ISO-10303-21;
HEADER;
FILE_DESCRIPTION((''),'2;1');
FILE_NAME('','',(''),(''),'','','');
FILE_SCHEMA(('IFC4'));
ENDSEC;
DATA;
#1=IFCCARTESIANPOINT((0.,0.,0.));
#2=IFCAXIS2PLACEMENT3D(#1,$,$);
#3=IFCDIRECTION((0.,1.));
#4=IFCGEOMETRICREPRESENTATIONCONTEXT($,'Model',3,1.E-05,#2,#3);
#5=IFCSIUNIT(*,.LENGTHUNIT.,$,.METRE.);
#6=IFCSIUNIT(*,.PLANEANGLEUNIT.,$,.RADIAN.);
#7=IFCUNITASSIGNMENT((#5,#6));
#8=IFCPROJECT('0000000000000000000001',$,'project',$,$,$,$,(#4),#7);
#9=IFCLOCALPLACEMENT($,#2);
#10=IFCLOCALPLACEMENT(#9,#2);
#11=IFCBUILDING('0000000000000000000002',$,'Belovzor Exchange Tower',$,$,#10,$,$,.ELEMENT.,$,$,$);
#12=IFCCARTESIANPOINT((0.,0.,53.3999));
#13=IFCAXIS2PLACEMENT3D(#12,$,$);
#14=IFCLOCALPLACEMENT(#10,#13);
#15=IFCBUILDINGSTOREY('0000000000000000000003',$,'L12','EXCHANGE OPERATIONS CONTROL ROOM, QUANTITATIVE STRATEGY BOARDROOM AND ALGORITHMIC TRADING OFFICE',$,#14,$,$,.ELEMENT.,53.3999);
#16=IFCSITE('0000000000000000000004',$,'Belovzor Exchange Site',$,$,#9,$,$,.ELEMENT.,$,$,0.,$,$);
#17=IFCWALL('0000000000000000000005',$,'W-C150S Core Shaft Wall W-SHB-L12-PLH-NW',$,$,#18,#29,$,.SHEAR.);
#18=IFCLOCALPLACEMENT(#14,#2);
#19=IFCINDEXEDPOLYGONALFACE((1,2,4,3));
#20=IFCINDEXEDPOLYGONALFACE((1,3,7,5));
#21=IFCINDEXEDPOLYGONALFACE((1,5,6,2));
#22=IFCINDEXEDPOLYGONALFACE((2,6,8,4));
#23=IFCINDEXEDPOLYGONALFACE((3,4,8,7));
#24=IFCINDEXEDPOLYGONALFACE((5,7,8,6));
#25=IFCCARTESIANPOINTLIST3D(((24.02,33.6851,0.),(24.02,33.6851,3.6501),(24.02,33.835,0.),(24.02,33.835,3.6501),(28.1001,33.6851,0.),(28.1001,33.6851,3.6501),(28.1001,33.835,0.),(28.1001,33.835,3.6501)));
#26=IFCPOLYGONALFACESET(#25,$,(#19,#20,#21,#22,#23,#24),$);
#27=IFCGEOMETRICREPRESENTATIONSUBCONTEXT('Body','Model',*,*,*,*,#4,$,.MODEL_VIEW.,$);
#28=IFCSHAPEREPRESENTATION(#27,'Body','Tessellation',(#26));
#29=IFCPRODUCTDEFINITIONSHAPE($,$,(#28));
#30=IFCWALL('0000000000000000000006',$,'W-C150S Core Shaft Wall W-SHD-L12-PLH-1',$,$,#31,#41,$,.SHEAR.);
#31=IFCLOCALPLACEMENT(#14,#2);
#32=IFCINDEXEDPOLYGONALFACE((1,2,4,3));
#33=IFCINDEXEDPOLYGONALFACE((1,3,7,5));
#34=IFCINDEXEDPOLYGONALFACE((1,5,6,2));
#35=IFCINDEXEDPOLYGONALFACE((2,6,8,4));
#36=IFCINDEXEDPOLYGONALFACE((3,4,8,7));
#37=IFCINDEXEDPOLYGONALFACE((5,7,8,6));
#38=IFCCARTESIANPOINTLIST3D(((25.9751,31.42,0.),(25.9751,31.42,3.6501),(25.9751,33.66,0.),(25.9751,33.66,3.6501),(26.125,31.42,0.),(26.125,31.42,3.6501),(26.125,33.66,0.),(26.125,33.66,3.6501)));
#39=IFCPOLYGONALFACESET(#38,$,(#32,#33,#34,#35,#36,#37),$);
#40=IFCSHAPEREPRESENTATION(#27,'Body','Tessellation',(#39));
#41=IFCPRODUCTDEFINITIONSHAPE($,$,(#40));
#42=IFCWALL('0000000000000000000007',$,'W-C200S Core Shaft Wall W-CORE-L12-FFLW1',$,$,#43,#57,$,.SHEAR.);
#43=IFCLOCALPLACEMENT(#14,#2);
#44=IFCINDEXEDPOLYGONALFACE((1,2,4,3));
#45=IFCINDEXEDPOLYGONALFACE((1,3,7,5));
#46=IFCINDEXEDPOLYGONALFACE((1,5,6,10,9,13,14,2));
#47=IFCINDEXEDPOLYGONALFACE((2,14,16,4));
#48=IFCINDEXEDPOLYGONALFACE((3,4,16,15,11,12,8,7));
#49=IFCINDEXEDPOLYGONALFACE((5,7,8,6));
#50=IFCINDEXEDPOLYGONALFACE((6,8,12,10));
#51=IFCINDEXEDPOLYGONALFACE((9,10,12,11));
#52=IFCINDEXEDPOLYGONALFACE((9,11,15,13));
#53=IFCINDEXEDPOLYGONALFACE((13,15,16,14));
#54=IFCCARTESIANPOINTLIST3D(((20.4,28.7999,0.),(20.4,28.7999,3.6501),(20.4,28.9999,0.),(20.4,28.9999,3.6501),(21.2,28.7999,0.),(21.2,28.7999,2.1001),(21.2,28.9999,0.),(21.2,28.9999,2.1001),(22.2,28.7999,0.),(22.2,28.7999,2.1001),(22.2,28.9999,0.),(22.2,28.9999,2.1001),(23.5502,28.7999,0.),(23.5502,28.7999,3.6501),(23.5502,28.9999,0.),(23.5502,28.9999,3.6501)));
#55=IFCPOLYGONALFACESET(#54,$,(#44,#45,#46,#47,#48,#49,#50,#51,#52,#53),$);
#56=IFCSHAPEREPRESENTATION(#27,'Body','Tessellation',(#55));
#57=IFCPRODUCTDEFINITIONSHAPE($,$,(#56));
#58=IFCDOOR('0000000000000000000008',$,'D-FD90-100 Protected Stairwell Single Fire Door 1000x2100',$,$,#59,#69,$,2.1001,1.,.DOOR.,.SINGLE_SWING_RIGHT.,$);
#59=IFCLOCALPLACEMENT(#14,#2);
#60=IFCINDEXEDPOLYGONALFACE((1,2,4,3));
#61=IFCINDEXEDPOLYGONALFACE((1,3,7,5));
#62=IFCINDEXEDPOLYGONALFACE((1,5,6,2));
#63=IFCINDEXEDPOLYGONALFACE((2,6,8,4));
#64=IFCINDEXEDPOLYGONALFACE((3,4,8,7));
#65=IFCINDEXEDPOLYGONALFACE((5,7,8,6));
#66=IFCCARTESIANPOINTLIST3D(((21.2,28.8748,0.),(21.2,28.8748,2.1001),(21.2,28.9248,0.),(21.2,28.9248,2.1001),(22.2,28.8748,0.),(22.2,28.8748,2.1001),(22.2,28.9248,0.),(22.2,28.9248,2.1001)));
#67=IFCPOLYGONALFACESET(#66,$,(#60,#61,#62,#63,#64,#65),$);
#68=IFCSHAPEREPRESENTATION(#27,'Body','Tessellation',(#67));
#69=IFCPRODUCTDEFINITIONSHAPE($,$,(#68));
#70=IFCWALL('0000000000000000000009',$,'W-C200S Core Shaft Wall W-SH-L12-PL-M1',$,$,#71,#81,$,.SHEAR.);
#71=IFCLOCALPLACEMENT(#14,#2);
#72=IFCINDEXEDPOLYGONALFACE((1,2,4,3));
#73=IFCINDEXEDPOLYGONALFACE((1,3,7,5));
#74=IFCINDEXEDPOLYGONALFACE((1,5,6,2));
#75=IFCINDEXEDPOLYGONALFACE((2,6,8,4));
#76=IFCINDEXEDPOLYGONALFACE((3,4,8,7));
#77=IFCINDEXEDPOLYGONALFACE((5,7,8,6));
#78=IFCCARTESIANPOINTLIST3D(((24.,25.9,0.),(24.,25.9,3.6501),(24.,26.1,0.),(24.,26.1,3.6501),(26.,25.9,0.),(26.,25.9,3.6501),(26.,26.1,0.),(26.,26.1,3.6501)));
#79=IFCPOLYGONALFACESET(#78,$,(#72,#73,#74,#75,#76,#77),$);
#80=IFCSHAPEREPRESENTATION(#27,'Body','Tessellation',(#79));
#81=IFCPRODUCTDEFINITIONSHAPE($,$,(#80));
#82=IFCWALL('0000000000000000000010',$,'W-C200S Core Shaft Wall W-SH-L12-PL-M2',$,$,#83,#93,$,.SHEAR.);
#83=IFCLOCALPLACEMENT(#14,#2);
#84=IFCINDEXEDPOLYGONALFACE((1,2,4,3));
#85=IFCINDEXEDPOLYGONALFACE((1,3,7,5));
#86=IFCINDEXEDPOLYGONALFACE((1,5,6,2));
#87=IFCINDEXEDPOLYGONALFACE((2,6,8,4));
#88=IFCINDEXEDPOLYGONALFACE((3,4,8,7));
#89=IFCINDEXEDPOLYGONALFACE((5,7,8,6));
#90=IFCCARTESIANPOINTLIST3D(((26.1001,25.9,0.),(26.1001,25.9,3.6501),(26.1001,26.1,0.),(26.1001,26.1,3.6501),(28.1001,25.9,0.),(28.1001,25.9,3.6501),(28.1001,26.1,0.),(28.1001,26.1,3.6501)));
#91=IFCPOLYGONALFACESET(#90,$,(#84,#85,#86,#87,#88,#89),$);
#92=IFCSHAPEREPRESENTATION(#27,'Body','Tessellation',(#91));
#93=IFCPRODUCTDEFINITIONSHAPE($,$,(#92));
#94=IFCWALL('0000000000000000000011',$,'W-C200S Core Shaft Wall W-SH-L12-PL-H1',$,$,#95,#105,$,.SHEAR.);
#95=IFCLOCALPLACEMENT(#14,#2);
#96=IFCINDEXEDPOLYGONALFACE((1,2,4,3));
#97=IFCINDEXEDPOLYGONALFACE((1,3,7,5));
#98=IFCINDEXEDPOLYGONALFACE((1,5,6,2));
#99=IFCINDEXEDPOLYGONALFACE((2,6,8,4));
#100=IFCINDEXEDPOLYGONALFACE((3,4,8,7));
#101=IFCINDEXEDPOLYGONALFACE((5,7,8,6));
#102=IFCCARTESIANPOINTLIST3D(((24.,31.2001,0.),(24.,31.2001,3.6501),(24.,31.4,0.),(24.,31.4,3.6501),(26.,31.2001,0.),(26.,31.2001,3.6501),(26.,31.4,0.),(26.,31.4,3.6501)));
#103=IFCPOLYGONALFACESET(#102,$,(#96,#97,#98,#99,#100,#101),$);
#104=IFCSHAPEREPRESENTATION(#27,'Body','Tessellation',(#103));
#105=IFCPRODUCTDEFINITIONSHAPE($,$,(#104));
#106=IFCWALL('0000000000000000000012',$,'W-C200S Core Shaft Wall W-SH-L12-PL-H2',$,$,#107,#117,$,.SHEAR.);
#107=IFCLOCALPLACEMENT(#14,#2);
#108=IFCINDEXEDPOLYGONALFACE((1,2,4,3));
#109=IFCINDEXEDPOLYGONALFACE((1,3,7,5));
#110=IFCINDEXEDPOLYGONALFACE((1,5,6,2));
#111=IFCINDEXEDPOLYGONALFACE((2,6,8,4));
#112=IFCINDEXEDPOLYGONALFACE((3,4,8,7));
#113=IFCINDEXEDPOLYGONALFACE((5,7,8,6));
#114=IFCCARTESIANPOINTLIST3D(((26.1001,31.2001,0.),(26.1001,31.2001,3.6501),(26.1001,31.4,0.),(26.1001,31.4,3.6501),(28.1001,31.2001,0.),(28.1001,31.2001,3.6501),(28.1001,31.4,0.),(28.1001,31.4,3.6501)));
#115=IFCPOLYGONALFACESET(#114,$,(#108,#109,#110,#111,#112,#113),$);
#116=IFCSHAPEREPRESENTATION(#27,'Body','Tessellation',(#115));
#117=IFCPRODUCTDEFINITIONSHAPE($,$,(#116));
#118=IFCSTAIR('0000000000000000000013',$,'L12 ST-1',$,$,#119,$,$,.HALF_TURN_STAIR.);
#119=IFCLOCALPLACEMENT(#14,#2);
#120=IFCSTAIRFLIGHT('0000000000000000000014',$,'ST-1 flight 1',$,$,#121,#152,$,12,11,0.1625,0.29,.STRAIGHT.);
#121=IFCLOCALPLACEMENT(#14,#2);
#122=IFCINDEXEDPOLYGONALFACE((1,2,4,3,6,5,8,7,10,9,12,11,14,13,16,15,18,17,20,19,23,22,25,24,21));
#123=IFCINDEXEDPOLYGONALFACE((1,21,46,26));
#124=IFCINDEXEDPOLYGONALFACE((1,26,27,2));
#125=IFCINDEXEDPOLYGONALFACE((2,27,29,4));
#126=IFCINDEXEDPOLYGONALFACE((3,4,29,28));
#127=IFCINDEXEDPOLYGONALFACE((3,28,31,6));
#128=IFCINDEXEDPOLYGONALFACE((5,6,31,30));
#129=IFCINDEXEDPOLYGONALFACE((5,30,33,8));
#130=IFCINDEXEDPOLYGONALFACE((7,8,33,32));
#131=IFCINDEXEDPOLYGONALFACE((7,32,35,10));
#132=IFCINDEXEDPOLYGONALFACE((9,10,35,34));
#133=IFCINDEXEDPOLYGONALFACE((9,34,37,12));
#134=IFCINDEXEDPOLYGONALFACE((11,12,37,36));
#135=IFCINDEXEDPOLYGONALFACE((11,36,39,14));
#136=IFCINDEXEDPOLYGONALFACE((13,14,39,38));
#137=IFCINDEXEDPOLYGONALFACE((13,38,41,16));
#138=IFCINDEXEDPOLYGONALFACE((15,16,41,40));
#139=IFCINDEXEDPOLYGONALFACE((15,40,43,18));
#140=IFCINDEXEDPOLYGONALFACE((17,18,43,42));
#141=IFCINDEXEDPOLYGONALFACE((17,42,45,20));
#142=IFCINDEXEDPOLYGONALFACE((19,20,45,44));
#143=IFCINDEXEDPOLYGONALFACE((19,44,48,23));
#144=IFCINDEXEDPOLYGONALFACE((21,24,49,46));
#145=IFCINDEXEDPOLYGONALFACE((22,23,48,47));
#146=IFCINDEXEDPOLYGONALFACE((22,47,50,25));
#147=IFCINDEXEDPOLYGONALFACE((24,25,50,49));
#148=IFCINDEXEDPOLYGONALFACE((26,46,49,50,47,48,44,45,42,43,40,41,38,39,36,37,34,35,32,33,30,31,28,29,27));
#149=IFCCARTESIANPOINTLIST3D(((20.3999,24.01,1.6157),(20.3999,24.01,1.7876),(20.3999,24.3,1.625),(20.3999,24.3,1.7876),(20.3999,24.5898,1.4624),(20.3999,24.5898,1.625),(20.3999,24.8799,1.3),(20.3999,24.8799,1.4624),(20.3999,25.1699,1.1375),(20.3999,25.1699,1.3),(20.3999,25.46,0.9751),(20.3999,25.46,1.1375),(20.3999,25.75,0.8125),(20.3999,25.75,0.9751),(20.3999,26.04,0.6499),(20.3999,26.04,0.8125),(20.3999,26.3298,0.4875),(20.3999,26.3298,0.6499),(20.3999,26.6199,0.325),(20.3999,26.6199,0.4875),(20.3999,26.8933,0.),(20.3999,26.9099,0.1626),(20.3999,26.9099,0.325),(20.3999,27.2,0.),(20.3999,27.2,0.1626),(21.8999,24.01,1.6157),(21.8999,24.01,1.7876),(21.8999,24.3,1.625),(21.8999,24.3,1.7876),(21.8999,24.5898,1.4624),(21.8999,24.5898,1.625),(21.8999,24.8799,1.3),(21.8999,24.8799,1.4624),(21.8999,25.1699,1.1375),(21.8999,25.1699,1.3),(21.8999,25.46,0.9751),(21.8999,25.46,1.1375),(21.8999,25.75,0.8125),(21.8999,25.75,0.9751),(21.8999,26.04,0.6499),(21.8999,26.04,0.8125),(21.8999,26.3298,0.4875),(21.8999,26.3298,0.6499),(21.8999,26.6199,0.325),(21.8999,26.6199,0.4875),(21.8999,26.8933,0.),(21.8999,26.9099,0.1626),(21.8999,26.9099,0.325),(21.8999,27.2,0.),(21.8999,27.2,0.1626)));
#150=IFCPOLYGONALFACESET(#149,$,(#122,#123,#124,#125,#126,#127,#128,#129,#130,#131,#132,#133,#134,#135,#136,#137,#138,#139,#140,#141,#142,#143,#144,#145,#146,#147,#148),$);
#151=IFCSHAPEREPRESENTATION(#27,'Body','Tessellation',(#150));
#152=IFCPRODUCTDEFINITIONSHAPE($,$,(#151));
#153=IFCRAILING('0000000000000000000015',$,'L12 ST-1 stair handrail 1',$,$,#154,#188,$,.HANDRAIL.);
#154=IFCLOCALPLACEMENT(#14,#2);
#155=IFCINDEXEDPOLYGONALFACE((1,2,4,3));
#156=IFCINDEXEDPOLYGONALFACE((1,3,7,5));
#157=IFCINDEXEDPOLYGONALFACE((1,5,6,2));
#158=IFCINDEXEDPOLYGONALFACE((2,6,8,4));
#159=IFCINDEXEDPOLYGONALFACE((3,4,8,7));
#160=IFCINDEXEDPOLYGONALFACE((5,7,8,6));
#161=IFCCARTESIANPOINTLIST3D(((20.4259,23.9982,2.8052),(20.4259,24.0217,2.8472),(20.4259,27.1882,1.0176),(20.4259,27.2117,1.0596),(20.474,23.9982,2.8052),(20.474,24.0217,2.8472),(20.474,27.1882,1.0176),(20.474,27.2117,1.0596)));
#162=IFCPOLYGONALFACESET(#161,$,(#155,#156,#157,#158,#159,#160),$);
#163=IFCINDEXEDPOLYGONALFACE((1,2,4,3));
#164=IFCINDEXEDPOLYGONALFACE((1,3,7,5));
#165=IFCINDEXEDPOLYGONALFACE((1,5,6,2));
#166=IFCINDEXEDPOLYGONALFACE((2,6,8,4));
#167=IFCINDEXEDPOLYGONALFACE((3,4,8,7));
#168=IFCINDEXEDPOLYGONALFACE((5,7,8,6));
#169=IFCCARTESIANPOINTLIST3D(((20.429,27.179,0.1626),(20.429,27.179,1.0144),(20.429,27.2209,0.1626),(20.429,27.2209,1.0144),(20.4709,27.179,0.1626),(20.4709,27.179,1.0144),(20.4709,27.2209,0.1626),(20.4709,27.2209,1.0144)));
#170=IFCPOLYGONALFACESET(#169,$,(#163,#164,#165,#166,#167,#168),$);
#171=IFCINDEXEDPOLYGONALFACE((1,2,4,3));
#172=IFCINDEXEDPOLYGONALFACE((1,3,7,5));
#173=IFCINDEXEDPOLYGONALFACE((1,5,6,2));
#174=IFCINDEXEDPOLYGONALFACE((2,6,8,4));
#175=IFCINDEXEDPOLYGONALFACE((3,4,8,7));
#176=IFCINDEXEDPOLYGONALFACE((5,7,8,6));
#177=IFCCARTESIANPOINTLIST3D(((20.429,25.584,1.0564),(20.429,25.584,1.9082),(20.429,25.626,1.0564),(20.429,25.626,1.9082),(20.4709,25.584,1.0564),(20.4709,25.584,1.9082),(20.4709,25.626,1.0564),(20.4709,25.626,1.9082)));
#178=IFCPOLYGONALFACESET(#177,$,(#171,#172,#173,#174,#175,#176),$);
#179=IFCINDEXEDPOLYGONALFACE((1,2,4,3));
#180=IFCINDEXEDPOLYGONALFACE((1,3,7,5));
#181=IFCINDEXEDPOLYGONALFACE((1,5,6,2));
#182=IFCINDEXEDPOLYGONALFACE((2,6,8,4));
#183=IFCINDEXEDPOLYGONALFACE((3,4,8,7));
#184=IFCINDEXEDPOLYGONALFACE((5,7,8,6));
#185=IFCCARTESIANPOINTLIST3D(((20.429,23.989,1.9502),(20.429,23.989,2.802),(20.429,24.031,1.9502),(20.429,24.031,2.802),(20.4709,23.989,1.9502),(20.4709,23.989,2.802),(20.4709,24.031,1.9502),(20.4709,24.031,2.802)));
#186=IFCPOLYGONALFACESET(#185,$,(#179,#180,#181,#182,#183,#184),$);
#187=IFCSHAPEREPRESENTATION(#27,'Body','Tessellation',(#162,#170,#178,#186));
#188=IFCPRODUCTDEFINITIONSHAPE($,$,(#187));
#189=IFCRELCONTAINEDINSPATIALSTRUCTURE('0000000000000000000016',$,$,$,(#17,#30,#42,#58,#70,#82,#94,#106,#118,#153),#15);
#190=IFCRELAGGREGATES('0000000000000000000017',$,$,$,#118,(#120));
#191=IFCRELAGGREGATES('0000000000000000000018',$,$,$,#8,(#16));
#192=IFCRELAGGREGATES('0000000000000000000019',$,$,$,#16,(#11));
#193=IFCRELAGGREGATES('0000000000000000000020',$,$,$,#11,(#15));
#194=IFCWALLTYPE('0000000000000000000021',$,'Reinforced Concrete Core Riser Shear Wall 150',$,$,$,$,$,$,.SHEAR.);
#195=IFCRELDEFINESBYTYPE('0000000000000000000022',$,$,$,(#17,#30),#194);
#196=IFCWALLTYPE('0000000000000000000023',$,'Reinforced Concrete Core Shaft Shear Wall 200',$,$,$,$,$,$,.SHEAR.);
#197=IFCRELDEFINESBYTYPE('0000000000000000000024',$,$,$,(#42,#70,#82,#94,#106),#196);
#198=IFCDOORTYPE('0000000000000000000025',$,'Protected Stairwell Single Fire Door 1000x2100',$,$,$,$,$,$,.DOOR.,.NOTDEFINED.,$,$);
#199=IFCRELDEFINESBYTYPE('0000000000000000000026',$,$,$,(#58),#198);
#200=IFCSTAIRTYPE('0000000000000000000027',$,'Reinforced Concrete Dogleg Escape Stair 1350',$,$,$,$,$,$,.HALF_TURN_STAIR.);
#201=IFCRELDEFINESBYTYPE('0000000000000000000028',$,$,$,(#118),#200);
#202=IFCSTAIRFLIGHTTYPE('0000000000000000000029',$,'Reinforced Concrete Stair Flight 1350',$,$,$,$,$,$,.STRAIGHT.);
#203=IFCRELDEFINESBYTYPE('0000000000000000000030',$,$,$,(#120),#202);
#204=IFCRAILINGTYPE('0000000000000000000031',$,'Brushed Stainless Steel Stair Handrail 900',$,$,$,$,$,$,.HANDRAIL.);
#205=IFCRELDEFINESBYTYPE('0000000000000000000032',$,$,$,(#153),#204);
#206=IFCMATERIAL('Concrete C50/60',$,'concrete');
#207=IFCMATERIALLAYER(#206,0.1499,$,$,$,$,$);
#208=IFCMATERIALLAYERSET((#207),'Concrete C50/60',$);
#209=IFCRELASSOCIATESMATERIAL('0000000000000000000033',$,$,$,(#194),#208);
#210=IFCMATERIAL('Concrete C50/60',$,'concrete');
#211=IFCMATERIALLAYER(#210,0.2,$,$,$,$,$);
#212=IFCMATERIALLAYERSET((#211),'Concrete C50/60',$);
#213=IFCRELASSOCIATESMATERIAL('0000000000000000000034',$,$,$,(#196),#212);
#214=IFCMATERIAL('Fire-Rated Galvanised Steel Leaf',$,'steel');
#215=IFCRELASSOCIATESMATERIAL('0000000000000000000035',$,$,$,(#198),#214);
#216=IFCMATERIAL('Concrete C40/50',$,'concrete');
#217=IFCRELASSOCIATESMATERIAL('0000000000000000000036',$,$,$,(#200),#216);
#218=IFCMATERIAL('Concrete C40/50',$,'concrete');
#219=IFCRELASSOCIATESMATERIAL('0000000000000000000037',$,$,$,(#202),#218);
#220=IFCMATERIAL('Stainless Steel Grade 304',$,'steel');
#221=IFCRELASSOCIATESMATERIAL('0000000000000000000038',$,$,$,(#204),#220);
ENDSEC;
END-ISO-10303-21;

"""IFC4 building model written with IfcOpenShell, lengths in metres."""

from ifc_helpers import new_model, si_unit, direction, frame, frame_2d, origin, origin_2d, place, context, subcontext, project, spatial, polyline, rectangle, outline, extrude, material, layer, layer_set, type_object, element, fill, aggregate, save


model = new_model("IFC4")

# Units and contexts
model_context = context("Model", 3, precision=1e-05, world=origin(), true_north=direction((0.0, 1.0)))
body_context = subcontext(model_context, "Body", "Model", "MODEL_VIEW")
ifc_project = project(units=[si_unit("LENGTHUNIT", "METRE"), si_unit("PLANEANGLEUNIT", "RADIAN")], contexts=[model_context])

# Site, building, storey
site_placement = place(None, origin())
site = spatial("IfcSite", under=ifc_project, at=site_placement, Name="Belovzor Exchange Site", CompositionType="ELEMENT", RefElevation=0.0)
building_placement = place(site_placement, origin())
building = spatial("IfcBuilding", under=site, at=building_placement, Name="Belovzor Exchange Tower", CompositionType="ELEMENT")
storey_placement = place(building_placement, frame((0.0, 0.0, 53.3999)))
storey = spatial("IfcBuildingStorey", under=building, at=storey_placement, Name="L12", Description="EXCHANGE OPERATIONS CONTROL ROOM, QUANTITATIVE STRATEGY BOARDROOM AND ALGORITHMIC TRADING OFFICE", CompositionType="ELEMENT", Elevation=53.3999)

# Walls
ifc_material_1 = material(Name="Concrete C50/60", Category="concrete")
ifc_layer_1 = layer(ifc_material_1, 0.1499)
ifc_layer_set_1 = layer_set([ifc_layer_1], Name="Concrete C50/60")
wall_type_1 = type_object("IfcWallType", Name="Reinforced Concrete Core Riser Shear Wall 150", PredefinedType="SHEAR", material=ifc_layer_set_1)
wall_1_placement = place(storey_placement, frame((24.02, 33.76, 0.0), z_axis=(0.0, 0.0, 1.0), x_axis=(1.0, 0.0, 0.0)))
element("IfcWall", 1, at=wall_1_placement, inside=storey, type_object=wall_type_1, Name="W-C150S Core Shaft Wall W-SHB-L12-PLH-NW", PredefinedType="SHEAR", context=body_context, shape_type="SweptSolid", body=[
    extrude(rectangle(XDim=4.0801, YDim=0.1499, at=frame_2d((2.04, 0.0))), origin(), (0.0, 0.0, 1.0), 3.6501),
])
wall_2_placement = place(storey_placement, frame((26.05, 31.4199, 0.0), z_axis=(0.0, 0.0, 1.0), x_axis=(0.0, 1.0, 0.0)))
element("IfcWall", 2, at=wall_2_placement, inside=storey, type_object=wall_type_1, Name="W-C150S Core Shaft Wall W-SHD-L12-PLH-1", PredefinedType="SHEAR", context=body_context, shape_type="SweptSolid", body=[
    extrude(rectangle(XDim=2.24, YDim=0.1499, at=frame_2d((1.1201, 0.0))), origin(), (0.0, 0.0, 1.0), 3.6501),
])

# Wall, opening, door
ifc_material_2 = material(Name="Concrete C50/60", Category="concrete")
ifc_layer_2 = layer(ifc_material_2, 0.2)
ifc_layer_set_2 = layer_set([ifc_layer_2], Name="Concrete C50/60")
wall_type_2 = type_object("IfcWallType", Name="Reinforced Concrete Core Shaft Shear Wall 200", PredefinedType="SHEAR", material=ifc_layer_set_2)
wall_3_placement = place(storey_placement, frame((20.3999, 28.8999, 0.0), z_axis=(0.0, 0.0, 1.0), x_axis=(1.0, 0.0, 0.0)))
wall_3 = element("IfcWall", 3, at=wall_3_placement, inside=storey, type_object=wall_type_2, Name="W-C200S Core Shaft Wall W-CORE-L12-FFLW1", PredefinedType="SHEAR", context=body_context, shape_type="SweptSolid", body=[
    extrude(rectangle(XDim=3.1501, YDim=0.2, at=frame_2d((1.5752, 0.0))), origin(), (0.0, 0.0, 1.0), 3.6501),
])
opening_1_placement = place(wall_3_placement, frame((0.8, 0.0, 0.0)))
opening_1 = element("IfcOpeningElement", 4, at=opening_1_placement, cuts=wall_3, PredefinedType="OPENING", context=body_context, shape_type="SweptSolid", body=[
    extrude(rectangle(XDim=1.0, YDim=2.1001, at=frame_2d((0.5, 1.05))), frame((0.0, 0.1099, 0.0), z_axis=(0.0, -1.0, 0.0), x_axis=(1.0, 0.0, 0.0)), (0.0, 0.0, 1.0), 0.22),
])
ifc_material_3 = material(Name="Fire-Rated Galvanised Steel Leaf", Category="steel")
door_type_1 = type_object("IfcDoorType", Name="Protected Stairwell Single Fire Door 1000x2100", OperationType="NOTDEFINED", PredefinedType="DOOR", material=ifc_material_3)
door_1_placement = place(opening_1_placement, origin())
door_1 = element("IfcDoor", 5, at=door_1_placement, inside=storey, type_object=door_type_1, Name="D-FD90-100 Protected Stairwell Single Fire Door 1000x2100", OperationType="SINGLE_SWING_RIGHT", OverallHeight=2.1001, OverallWidth=1.0, PredefinedType="DOOR", context=body_context, shape_type="SweptSolid", body=[
    extrude(rectangle(XDim=1.0, YDim=2.1001, at=frame_2d((0.5, 1.05))), frame((0.0, 0.0249, 0.0), z_axis=(0.0, -1.0, 0.0), x_axis=(1.0, 0.0, 0.0)), (0.0, 0.0, 1.0), 0.05),
])
fill(opening_1, door_1)

# Walls
for number, where, z_axis, x_axis, name in (
    (6, (24.0, 26.0, 0.0), (0.0, 0.0, 1.0), (1.0, 0.0, 0.0), "W-C200S Core Shaft Wall W-SH-L12-PL-M1"),
    (7, (26.1001, 26.0, 0.0), (0.0, 0.0, 1.0), (1.0, 0.0, 0.0), "W-C200S Core Shaft Wall W-SH-L12-PL-M2"),
    (8, (24.0, 31.3, 0.0), (0.0, 0.0, 1.0), (1.0, 0.0, 0.0), "W-C200S Core Shaft Wall W-SH-L12-PL-H1"),
    (9, (26.1001, 31.3, 0.0), (0.0, 0.0, 1.0), (1.0, 0.0, 0.0), "W-C200S Core Shaft Wall W-SH-L12-PL-H2"),
):
    element("IfcWall", number, at=place(storey_placement, frame(where, z_axis=z_axis, x_axis=x_axis)), inside=storey, type_object=wall_type_2, Name=name, PredefinedType="SHEAR", context=body_context, shape_type="SweptSolid", body=[
        extrude(rectangle(XDim=2.0, YDim=0.2, at=frame_2d((1.0, 0.0))), origin(), (0.0, 0.0, 1.0), 3.6501),
    ])

# Stair, stair flight
ifc_material_4 = material(Name="Concrete C40/50", Category="concrete")
stair_type = type_object("IfcStairType", Name="Reinforced Concrete Dogleg Escape Stair 1350", PredefinedType="HALF_TURN_STAIR", material=ifc_material_4)
stair_placement = place(storey_placement, origin())
stair = element("IfcStair", 10, at=stair_placement, inside=storey, type_object=stair_type, Name="L12 ST-1", PredefinedType="HALF_TURN_STAIR")
ifc_material_5 = material(Name="Concrete C40/50", Category="concrete")
stair_flight_type = type_object("IfcStairFlightType", Name="Reinforced Concrete Stair Flight 1350", PredefinedType="STRAIGHT", material=ifc_material_5)
stair_flight_placement = place(storey_placement, frame((21.1499, 27.2, 0.0), z_axis=(0.0, 0.0, 1.0), x_axis=(0.0, -1.0, 0.0)))
stair_flight = element("IfcStairFlight", 11, at=stair_flight_placement, type_object=stair_flight_type, Name="ST-1 flight 1", NumberOfRisers=12, NumberOfTreads=11, PredefinedType="STRAIGHT", RiserHeight=0.1625, TreadLength=0.29, context=body_context, shape_type="SweptSolid", body=[
    extrude(outline(polyline([(0.0, 0.0), (0.0, 0.1626), (0.29, 0.1626), (0.29, 0.325), (0.5801, 0.325), (0.5801, 0.4875), (0.8701, 0.4875), (0.8701, 0.6499), (1.1599, 0.6499), (1.1599, 0.8125), (1.45, 0.8125), (1.45, 0.9751), (1.74, 0.9751), (1.74, 1.1375), (2.03, 1.1375), (2.03, 1.3), (2.3201, 1.3), (2.3201, 1.4624), (2.6101, 1.4624), (2.6101, 1.625), (2.8999, 1.625), (2.8999, 1.7876), (3.1899, 1.7876), (3.1899, 1.95), (3.1899, 1.6157), (0.3066, 0.0), (0.0, 0.0)])), frame((0.0, 0.75, 0.0), z_axis=(0.0, -1.0, 0.0), x_axis=(1.0, 0.0, 0.0)), (0.0, 0.0, 1.0), 1.5),
])
aggregate(stair, [stair_flight])

# Railing
ifc_material_6 = material(Name="Stainless Steel Grade 304", Category="steel")
railing_type_1 = type_object("IfcRailingType", Name="Brushed Stainless Steel Stair Handrail 900", PredefinedType="HANDRAIL", material=ifc_material_6)
railing_1_placement = place(storey_placement, frame((20.45, 27.2, 0.1626)))
element("IfcRailing", 12, at=railing_1_placement, inside=storey, type_object=railing_type_1, Name="L12 ST-1 stair handrail 1", PredefinedType="HANDRAIL", context=body_context, shape_type="SweptSolid", body=[
    extrude(rectangle(XDim=0.0481, YDim=0.0481, at=origin_2d()), frame((0.0, 0.0, 0.876), z_axis=(0.0, -0.872363, 0.48886), x_axis=(1.0, 0.0, 0.0)), (0.0, 0.0, 1.0), 3.6567),
    extrude(rectangle(XDim=0.042, YDim=0.042, at=origin_2d()), origin(), (0.0, 0.0, 1.0), 0.8518),
    extrude(rectangle(XDim=0.042, YDim=0.042, at=origin_2d()), frame((0.0, -1.595, 0.8938)), (0.0, 0.0, 1.0), 0.8518),
    extrude(rectangle(XDim=0.042, YDim=0.042, at=origin_2d()), frame((0.0, -3.1899, 1.7876)), (0.0, 0.0, 1.0), 0.8518),
])

save(model, "model.ifc")
